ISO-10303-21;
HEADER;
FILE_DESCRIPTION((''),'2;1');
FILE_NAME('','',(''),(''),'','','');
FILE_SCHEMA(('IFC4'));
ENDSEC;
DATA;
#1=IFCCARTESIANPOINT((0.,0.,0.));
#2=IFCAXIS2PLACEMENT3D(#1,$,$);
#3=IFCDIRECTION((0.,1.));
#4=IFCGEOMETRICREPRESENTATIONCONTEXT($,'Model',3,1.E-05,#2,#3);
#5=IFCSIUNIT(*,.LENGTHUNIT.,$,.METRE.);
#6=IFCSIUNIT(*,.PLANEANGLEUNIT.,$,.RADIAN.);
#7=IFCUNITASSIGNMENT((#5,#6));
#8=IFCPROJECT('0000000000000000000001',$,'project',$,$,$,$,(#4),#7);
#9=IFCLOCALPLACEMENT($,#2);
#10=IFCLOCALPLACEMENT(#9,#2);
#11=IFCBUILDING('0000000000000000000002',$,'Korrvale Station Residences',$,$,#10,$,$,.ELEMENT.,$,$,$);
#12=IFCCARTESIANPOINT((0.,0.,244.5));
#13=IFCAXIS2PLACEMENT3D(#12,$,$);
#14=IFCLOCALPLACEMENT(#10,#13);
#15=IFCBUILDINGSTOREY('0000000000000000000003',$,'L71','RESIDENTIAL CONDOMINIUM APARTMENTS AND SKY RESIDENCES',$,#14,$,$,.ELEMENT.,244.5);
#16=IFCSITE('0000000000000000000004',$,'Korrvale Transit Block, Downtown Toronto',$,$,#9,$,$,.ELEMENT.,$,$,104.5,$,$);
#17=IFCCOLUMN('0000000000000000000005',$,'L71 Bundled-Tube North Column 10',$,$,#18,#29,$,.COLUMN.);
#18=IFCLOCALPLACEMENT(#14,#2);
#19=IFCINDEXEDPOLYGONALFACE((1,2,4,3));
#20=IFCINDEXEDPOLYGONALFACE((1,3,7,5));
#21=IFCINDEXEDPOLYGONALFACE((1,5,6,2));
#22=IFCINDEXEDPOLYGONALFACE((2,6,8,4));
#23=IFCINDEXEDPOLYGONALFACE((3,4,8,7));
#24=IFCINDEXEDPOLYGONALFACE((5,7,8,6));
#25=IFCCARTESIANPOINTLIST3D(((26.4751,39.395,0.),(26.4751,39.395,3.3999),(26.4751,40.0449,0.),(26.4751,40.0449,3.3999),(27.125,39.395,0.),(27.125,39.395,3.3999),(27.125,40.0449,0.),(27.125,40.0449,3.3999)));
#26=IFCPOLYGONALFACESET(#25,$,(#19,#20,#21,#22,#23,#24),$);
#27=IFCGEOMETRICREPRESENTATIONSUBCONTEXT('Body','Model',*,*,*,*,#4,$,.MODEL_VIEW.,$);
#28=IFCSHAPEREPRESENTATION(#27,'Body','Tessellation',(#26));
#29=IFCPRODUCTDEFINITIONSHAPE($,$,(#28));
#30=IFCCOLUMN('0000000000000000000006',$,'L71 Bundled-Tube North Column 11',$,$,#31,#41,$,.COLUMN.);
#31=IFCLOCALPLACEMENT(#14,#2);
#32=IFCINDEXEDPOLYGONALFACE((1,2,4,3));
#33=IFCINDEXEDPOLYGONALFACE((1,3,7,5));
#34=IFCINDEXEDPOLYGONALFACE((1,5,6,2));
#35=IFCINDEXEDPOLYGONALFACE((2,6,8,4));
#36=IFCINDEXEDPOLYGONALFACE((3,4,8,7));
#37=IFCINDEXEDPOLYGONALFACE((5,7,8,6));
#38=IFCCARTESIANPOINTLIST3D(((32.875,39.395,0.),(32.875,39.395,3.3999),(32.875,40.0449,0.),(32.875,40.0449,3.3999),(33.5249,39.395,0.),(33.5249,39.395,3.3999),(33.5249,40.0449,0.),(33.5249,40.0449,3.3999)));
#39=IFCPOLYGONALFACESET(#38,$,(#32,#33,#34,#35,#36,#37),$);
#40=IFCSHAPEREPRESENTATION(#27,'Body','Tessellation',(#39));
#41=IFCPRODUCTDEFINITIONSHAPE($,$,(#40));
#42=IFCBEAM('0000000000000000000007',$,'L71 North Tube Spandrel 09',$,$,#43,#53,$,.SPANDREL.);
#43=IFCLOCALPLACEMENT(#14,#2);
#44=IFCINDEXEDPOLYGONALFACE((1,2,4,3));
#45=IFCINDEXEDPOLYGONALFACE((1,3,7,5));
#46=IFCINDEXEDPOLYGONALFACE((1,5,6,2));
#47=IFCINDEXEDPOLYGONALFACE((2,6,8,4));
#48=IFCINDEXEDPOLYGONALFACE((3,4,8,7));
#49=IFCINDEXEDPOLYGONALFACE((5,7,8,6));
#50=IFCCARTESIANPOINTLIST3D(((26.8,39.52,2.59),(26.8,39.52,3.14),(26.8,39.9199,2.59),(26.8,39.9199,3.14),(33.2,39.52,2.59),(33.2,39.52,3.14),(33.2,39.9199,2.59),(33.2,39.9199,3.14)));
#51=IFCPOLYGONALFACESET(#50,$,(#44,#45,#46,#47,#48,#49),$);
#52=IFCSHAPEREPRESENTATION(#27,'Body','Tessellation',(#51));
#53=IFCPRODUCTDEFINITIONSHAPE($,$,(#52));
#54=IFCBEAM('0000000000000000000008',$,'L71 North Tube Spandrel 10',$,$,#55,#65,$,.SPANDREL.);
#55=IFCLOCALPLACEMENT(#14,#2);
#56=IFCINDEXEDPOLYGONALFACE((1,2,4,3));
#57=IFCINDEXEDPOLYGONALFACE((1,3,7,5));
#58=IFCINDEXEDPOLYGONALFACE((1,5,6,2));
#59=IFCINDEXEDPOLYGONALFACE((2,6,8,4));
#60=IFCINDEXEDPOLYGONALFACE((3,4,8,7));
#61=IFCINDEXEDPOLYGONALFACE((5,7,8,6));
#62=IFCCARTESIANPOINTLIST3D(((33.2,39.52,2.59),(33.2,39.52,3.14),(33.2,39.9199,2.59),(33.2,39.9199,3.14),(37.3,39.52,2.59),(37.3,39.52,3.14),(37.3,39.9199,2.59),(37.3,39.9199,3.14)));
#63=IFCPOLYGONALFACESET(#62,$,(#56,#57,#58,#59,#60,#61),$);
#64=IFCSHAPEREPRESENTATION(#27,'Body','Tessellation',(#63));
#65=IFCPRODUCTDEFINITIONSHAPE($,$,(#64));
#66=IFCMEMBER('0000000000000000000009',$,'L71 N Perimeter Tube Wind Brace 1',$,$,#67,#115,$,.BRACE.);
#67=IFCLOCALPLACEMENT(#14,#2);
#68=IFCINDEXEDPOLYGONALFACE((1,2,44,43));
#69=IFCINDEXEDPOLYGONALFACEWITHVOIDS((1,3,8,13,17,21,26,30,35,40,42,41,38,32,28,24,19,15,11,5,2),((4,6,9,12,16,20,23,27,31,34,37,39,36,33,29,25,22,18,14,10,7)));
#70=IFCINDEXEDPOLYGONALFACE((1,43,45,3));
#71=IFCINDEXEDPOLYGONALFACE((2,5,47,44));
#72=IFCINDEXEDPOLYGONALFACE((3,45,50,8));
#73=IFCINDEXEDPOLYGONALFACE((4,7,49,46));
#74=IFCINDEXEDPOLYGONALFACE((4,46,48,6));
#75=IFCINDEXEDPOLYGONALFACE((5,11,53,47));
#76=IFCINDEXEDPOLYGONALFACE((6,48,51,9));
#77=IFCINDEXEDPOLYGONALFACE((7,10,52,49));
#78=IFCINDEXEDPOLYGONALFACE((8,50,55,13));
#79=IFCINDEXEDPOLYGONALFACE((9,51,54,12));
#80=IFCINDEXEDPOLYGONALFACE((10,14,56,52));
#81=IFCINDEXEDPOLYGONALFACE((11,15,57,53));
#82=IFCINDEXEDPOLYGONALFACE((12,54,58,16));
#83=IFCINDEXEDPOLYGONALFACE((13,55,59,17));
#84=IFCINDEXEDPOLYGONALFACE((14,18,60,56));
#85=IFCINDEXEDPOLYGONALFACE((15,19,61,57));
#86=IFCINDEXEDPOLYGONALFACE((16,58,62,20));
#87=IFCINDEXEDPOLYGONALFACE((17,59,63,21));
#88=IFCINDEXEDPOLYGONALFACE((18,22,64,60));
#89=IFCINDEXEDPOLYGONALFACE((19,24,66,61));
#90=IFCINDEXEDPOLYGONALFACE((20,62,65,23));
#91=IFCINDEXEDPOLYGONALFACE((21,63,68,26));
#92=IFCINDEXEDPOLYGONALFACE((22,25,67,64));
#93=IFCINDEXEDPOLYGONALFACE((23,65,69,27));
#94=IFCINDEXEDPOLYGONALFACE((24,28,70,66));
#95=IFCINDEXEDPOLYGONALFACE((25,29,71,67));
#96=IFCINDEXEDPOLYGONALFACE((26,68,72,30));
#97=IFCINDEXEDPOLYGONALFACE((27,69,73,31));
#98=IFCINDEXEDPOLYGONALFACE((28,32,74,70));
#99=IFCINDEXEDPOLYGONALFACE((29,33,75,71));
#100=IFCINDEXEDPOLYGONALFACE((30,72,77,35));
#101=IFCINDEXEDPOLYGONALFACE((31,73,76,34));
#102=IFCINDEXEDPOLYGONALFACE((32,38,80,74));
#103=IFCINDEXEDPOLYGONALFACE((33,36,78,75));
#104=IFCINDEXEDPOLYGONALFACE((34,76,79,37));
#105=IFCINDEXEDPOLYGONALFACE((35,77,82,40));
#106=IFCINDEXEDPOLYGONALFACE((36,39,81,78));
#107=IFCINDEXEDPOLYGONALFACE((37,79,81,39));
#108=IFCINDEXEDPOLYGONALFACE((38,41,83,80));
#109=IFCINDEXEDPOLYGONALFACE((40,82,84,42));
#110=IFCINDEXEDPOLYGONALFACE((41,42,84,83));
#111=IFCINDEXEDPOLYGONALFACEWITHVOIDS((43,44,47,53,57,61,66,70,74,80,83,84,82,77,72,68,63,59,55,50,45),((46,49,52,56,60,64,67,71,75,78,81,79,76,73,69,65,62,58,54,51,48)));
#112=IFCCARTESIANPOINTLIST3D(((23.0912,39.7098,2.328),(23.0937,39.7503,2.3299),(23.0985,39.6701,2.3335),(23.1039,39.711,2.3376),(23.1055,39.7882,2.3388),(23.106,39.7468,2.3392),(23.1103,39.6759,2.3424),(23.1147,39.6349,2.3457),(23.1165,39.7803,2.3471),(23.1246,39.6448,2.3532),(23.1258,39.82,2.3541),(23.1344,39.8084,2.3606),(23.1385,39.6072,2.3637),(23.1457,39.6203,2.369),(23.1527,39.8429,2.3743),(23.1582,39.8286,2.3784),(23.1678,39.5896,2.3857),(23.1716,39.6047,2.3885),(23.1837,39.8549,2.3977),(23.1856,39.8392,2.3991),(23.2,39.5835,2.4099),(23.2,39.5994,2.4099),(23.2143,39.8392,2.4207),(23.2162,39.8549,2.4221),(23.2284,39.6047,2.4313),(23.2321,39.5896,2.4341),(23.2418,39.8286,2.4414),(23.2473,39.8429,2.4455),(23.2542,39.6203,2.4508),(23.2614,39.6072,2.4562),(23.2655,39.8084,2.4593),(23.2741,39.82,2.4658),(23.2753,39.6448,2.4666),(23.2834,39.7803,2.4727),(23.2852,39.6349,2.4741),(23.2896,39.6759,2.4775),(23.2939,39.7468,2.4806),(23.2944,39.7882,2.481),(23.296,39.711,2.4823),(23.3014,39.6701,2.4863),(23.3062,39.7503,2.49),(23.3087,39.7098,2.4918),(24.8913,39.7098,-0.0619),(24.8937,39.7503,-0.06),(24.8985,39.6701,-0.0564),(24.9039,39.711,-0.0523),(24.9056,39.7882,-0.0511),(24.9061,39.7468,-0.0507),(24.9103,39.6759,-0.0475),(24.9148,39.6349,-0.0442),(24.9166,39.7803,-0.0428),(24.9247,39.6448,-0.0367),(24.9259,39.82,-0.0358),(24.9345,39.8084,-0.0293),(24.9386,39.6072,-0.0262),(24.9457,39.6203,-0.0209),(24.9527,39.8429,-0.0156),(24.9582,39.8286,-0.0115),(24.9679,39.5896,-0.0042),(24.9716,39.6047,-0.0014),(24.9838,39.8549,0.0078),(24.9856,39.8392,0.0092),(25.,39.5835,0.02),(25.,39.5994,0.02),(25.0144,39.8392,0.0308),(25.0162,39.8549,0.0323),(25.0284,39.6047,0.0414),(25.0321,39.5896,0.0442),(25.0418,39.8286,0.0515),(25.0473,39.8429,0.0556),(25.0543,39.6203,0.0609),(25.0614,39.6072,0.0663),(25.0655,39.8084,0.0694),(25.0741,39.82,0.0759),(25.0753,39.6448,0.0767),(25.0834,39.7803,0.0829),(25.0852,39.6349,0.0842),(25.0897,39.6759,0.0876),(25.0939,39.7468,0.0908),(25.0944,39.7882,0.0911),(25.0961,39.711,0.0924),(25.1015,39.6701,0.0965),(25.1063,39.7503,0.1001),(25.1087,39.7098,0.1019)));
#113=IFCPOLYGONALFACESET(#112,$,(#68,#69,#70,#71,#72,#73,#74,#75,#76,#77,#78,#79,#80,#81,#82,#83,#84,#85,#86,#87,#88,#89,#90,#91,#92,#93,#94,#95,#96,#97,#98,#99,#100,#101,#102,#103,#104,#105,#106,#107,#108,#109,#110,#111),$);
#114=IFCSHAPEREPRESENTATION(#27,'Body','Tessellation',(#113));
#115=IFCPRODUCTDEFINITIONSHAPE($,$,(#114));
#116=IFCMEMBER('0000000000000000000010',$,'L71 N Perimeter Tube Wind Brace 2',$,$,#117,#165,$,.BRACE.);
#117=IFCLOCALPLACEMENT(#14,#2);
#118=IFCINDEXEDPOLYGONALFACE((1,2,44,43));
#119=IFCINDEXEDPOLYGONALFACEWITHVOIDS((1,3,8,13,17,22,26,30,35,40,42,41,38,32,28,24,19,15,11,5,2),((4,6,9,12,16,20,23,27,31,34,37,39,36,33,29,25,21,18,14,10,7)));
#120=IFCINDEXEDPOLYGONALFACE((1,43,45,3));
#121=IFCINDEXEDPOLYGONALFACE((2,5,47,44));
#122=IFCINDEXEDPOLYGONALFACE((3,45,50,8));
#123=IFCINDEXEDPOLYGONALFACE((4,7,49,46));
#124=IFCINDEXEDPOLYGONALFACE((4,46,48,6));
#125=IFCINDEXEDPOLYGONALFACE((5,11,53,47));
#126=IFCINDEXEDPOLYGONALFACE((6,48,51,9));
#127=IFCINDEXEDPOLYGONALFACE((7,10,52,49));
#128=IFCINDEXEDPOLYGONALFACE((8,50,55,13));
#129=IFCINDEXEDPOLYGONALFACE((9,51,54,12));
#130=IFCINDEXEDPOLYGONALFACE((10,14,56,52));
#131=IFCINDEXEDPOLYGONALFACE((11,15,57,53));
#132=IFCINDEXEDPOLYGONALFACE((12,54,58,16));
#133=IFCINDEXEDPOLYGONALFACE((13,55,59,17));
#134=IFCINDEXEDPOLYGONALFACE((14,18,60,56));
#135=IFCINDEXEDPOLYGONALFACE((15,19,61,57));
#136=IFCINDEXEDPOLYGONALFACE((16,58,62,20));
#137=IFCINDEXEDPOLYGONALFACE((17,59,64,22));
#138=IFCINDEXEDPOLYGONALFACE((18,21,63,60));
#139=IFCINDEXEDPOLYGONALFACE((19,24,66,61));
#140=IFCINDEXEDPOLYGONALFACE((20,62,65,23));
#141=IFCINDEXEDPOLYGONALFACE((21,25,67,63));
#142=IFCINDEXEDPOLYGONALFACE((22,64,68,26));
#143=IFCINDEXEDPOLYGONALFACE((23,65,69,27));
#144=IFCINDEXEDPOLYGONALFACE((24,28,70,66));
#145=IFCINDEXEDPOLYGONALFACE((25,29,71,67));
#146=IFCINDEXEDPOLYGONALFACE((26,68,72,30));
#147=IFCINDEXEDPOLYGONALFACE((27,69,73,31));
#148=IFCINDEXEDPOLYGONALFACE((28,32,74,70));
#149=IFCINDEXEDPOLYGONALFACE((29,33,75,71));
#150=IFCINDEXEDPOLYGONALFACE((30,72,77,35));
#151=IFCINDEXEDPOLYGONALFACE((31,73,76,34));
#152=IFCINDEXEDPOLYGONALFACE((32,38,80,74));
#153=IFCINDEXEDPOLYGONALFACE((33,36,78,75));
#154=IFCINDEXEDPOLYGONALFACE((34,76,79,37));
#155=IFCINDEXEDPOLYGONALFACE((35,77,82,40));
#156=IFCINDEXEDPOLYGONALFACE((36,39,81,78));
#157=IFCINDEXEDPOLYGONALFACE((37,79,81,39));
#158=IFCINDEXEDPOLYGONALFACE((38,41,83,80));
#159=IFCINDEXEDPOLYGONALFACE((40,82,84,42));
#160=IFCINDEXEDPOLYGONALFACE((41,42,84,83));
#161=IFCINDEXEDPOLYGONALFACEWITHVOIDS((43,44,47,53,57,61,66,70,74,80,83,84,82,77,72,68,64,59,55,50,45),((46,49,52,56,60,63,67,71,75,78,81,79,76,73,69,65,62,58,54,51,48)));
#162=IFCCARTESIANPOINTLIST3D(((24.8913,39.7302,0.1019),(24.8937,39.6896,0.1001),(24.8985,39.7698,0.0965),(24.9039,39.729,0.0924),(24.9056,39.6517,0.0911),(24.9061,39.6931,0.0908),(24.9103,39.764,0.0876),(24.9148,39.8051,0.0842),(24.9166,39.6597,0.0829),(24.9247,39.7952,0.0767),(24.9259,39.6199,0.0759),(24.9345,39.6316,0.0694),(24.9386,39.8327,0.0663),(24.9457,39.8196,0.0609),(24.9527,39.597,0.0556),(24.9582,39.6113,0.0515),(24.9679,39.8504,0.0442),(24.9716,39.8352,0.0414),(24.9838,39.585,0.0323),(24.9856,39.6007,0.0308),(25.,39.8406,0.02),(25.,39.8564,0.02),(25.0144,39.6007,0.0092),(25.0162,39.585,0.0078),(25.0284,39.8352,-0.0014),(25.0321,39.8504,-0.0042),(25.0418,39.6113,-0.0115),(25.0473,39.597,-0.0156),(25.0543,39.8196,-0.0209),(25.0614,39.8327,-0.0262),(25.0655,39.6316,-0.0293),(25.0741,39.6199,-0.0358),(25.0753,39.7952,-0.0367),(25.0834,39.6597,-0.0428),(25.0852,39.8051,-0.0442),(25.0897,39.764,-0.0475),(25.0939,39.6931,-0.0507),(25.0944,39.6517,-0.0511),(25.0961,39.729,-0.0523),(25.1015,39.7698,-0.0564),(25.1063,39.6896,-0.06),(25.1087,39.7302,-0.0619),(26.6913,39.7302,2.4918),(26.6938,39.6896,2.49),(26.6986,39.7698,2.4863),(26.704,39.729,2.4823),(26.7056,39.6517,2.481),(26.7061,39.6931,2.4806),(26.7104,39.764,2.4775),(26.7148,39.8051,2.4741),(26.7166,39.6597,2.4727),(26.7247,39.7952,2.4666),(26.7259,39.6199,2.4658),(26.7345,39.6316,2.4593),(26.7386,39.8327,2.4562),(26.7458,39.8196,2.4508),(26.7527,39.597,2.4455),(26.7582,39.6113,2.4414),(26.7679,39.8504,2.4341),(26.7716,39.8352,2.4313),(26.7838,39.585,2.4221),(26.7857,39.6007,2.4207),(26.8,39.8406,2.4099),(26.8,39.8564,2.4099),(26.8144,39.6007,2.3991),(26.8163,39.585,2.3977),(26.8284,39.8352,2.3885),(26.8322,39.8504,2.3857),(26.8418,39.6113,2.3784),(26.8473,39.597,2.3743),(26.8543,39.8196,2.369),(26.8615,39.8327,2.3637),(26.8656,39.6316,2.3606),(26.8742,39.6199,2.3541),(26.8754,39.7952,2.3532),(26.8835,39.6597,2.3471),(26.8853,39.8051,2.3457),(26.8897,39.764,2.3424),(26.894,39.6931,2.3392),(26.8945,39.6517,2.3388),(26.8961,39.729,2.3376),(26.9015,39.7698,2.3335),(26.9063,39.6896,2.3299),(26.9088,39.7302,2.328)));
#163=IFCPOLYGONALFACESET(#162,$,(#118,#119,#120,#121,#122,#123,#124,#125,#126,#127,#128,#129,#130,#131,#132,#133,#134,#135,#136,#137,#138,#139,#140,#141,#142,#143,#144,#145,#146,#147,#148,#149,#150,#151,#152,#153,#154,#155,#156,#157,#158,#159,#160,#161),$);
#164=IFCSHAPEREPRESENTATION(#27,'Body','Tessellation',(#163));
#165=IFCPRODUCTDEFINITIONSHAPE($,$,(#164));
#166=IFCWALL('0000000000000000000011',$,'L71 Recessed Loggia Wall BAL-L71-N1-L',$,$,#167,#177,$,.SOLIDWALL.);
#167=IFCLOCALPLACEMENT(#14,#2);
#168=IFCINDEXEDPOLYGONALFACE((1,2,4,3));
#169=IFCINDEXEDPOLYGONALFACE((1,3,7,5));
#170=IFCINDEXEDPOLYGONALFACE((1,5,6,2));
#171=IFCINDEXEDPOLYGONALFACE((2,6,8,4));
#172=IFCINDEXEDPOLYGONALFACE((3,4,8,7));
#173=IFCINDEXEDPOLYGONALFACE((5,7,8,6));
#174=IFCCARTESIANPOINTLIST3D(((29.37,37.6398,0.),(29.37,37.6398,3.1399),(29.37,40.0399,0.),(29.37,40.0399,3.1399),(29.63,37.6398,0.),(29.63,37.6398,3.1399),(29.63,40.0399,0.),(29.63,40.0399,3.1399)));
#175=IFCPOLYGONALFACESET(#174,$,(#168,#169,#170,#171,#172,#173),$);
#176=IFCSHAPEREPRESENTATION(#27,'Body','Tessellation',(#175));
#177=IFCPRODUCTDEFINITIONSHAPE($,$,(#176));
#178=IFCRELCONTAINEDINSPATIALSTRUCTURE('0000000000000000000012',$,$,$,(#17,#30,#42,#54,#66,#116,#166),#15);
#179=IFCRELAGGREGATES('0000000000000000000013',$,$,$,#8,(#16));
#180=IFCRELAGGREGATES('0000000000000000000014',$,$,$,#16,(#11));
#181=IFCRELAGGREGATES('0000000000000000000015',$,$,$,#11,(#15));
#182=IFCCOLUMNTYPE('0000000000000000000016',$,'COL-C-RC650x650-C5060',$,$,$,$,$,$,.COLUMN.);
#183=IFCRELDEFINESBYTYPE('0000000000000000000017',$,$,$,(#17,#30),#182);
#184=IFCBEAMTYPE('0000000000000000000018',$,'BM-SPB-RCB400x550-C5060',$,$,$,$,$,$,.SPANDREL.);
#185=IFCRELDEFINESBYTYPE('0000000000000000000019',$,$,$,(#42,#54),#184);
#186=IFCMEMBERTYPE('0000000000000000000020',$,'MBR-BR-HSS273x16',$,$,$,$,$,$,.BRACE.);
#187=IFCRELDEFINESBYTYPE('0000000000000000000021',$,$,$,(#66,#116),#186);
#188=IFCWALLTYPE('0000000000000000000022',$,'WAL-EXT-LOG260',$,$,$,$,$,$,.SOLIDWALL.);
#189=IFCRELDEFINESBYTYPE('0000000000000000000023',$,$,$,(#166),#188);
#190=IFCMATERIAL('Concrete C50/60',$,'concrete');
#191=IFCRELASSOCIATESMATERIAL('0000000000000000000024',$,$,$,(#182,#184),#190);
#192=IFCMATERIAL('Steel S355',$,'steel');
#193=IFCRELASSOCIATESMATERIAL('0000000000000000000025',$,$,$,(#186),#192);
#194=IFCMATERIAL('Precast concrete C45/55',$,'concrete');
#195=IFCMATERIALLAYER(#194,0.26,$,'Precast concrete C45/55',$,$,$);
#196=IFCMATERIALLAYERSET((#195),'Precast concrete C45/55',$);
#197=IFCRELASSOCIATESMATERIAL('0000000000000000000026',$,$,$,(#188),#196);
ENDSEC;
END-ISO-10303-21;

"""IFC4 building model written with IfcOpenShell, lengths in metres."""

from ifc_helpers import new_model, si_unit, direction, frame, frame_2d, origin, origin_2d, place, context, subcontext, project, spatial, rectangle, hollow_circle, extrude, material, layer, layer_set, material_profile, profile_set, type_object, element, save


model = new_model("IFC4")

# Units and contexts
model_context = context("Model", 3, precision=1e-05, world=origin(), true_north=direction((0.0, 1.0)))
body_context = subcontext(model_context, "Body", "Model", "MODEL_VIEW")
ifc_project = project(units=[si_unit("LENGTHUNIT", "METRE"), si_unit("PLANEANGLEUNIT", "RADIAN")], contexts=[model_context])

# Site, building, storey
site_placement = place(None, origin())
site = spatial("IfcSite", under=ifc_project, at=site_placement, Name="Korrvale Transit Block, Downtown Toronto", CompositionType="ELEMENT", RefElevation=104.5)
building_placement = place(site_placement, origin())
building = spatial("IfcBuilding", under=site, at=building_placement, Name="Korrvale Station Residences", CompositionType="ELEMENT")
storey_placement = place(building_placement, frame((0.0, 0.0, 244.5)))
storey = spatial("IfcBuildingStorey", under=building, at=storey_placement, Name="L71", Description="RESIDENTIAL CONDOMINIUM APARTMENTS AND SKY RESIDENCES", CompositionType="ELEMENT", Elevation=244.5)

# Columns
ifc_material_1 = material(Name="Concrete C50/60", Category="concrete")
ifc_material_profile_1 = material_profile(ifc_material_1, rectangle(XDim=0.6499, YDim=0.6499, at=origin_2d()), Name="RC650x650")
ifc_profile_set_1 = profile_set([ifc_material_profile_1], Name="Concrete C50/60")
column_type = type_object("IfcColumnType", Name="COL-C-RC650x650-C5060", PredefinedType="COLUMN", material=ifc_profile_set_1)
for number, where, z_axis, x_axis, name in (
    (1, (26.8, 39.72, 0.0), (0.0, 0.0, 1.0), (1.0, 0.0, 0.0), "L71 Bundled-Tube North Column 10"),
    (2, (33.2, 39.72, 0.0), (0.0, 0.0, 1.0), (1.0, 0.0, 0.0), "L71 Bundled-Tube North Column 11"),
):
    element("IfcColumn", number, at=place(storey_placement, frame(where, z_axis=z_axis, x_axis=x_axis)), inside=storey, type_object=column_type, Name=name, PredefinedType="COLUMN", context=body_context, shape_type="SweptSolid", body=[
        extrude(rectangle(XDim=0.6499, YDim=0.6499, at=origin_2d()), origin(), (0.0, 0.0, 1.0), 3.3999),
    ])

# Beams
ifc_material_profile_2 = material_profile(ifc_material_1, rectangle(XDim=0.3999, YDim=0.55, at=origin_2d()), Name="RCB400x550")
ifc_profile_set_2 = profile_set([ifc_material_profile_2], Name="Concrete C50/60")
beam_type = type_object("IfcBeamType", Name="BM-SPB-RCB400x550-C5060", PredefinedType="SPANDREL", material=ifc_profile_set_2)
beam_1_placement = place(storey_placement, frame((26.8, 39.72, 2.865), z_axis=(1.0, 0.0, 0.0), x_axis=(0.0, 1.0, 0.0)))
element("IfcBeam", 3, at=beam_1_placement, inside=storey, type_object=beam_type, Name="L71 North Tube Spandrel 09", PredefinedType="SPANDREL", context=body_context, shape_type="SweptSolid", body=[
    extrude(rectangle(XDim=0.3999, YDim=0.55, at=origin_2d()), origin(), (0.0, 0.0, 1.0), 6.3999),
])
beam_2_placement = place(storey_placement, frame((33.2, 39.72, 2.865), z_axis=(1.0, 0.0, 0.0), x_axis=(0.0, 1.0, 0.0)))
element("IfcBeam", 4, at=beam_2_placement, inside=storey, type_object=beam_type, Name="L71 North Tube Spandrel 10", PredefinedType="SPANDREL", context=body_context, shape_type="SweptSolid", body=[
    extrude(rectangle(XDim=0.3999, YDim=0.55, at=origin_2d()), origin(), (0.0, 0.0, 1.0), 4.1001),
])

# Members
ifc_material_2 = material(Name="Steel S355", Category="steel")
ifc_material_profile_3 = material_profile(ifc_material_2, hollow_circle(Radius=0.1365, WallThickness=0.0159, at=origin_2d()), Name="HSS273x16")
ifc_profile_set_3 = profile_set([ifc_material_profile_3], Name="Steel S355")
member_type = type_object("IfcMemberType", Name="MBR-BR-HSS273x16", PredefinedType="BRACE", material=ifc_profile_set_3)
for number, where, z_axis, x_axis, name in (
    (5, (25.0, 39.72, 0.02), (-0.601631, 0.0, 0.798774), (0.0, -1.0, 0.0), "L71 N Perimeter Tube Wind Brace 1"),
    (6, (25.0, 39.72, 0.02), (0.601631, 0.0, 0.798774), (0.0, 1.0, 0.0), "L71 N Perimeter Tube Wind Brace 2"),
):
    element("IfcMember", number, at=place(storey_placement, frame(where, z_axis=z_axis, x_axis=x_axis)), inside=storey, type_object=member_type, Name=name, PredefinedType="BRACE", context=body_context, shape_type="SweptSolid", body=[
        extrude(hollow_circle(Radius=0.1365, WallThickness=0.0159, at=origin_2d()), origin(), (0.0, 0.0, 1.0), 2.9919),
    ])

# Wall
ifc_material_3 = material(Name="Precast concrete C45/55", Category="concrete")
ifc_layer_1 = layer(ifc_material_3, 0.26, Name="Precast concrete C45/55")
ifc_layer_set_1 = layer_set([ifc_layer_1], Name="Precast concrete C45/55")
wall_type_1 = type_object("IfcWallType", Name="WAL-EXT-LOG260", PredefinedType="SOLIDWALL", material=ifc_layer_set_1)
wall_1_placement = place(storey_placement, frame((29.5, 40.04, 0.0), z_axis=(0.0, 0.0, 1.0), x_axis=(0.0, -1.0, 0.0)))
element("IfcWall", 7, at=wall_1_placement, inside=storey, type_object=wall_type_1, Name="L71 Recessed Loggia Wall BAL-L71-N1-L", PredefinedType="SOLIDWALL", context=body_context, shape_type="SweptSolid", body=[
    extrude(rectangle(XDim=2.4001, YDim=0.26, at=frame_2d((1.2002, 0.0))), origin(), (0.0, 0.0, 1.0), 3.1399),
])

save(model, "model.ifc")
